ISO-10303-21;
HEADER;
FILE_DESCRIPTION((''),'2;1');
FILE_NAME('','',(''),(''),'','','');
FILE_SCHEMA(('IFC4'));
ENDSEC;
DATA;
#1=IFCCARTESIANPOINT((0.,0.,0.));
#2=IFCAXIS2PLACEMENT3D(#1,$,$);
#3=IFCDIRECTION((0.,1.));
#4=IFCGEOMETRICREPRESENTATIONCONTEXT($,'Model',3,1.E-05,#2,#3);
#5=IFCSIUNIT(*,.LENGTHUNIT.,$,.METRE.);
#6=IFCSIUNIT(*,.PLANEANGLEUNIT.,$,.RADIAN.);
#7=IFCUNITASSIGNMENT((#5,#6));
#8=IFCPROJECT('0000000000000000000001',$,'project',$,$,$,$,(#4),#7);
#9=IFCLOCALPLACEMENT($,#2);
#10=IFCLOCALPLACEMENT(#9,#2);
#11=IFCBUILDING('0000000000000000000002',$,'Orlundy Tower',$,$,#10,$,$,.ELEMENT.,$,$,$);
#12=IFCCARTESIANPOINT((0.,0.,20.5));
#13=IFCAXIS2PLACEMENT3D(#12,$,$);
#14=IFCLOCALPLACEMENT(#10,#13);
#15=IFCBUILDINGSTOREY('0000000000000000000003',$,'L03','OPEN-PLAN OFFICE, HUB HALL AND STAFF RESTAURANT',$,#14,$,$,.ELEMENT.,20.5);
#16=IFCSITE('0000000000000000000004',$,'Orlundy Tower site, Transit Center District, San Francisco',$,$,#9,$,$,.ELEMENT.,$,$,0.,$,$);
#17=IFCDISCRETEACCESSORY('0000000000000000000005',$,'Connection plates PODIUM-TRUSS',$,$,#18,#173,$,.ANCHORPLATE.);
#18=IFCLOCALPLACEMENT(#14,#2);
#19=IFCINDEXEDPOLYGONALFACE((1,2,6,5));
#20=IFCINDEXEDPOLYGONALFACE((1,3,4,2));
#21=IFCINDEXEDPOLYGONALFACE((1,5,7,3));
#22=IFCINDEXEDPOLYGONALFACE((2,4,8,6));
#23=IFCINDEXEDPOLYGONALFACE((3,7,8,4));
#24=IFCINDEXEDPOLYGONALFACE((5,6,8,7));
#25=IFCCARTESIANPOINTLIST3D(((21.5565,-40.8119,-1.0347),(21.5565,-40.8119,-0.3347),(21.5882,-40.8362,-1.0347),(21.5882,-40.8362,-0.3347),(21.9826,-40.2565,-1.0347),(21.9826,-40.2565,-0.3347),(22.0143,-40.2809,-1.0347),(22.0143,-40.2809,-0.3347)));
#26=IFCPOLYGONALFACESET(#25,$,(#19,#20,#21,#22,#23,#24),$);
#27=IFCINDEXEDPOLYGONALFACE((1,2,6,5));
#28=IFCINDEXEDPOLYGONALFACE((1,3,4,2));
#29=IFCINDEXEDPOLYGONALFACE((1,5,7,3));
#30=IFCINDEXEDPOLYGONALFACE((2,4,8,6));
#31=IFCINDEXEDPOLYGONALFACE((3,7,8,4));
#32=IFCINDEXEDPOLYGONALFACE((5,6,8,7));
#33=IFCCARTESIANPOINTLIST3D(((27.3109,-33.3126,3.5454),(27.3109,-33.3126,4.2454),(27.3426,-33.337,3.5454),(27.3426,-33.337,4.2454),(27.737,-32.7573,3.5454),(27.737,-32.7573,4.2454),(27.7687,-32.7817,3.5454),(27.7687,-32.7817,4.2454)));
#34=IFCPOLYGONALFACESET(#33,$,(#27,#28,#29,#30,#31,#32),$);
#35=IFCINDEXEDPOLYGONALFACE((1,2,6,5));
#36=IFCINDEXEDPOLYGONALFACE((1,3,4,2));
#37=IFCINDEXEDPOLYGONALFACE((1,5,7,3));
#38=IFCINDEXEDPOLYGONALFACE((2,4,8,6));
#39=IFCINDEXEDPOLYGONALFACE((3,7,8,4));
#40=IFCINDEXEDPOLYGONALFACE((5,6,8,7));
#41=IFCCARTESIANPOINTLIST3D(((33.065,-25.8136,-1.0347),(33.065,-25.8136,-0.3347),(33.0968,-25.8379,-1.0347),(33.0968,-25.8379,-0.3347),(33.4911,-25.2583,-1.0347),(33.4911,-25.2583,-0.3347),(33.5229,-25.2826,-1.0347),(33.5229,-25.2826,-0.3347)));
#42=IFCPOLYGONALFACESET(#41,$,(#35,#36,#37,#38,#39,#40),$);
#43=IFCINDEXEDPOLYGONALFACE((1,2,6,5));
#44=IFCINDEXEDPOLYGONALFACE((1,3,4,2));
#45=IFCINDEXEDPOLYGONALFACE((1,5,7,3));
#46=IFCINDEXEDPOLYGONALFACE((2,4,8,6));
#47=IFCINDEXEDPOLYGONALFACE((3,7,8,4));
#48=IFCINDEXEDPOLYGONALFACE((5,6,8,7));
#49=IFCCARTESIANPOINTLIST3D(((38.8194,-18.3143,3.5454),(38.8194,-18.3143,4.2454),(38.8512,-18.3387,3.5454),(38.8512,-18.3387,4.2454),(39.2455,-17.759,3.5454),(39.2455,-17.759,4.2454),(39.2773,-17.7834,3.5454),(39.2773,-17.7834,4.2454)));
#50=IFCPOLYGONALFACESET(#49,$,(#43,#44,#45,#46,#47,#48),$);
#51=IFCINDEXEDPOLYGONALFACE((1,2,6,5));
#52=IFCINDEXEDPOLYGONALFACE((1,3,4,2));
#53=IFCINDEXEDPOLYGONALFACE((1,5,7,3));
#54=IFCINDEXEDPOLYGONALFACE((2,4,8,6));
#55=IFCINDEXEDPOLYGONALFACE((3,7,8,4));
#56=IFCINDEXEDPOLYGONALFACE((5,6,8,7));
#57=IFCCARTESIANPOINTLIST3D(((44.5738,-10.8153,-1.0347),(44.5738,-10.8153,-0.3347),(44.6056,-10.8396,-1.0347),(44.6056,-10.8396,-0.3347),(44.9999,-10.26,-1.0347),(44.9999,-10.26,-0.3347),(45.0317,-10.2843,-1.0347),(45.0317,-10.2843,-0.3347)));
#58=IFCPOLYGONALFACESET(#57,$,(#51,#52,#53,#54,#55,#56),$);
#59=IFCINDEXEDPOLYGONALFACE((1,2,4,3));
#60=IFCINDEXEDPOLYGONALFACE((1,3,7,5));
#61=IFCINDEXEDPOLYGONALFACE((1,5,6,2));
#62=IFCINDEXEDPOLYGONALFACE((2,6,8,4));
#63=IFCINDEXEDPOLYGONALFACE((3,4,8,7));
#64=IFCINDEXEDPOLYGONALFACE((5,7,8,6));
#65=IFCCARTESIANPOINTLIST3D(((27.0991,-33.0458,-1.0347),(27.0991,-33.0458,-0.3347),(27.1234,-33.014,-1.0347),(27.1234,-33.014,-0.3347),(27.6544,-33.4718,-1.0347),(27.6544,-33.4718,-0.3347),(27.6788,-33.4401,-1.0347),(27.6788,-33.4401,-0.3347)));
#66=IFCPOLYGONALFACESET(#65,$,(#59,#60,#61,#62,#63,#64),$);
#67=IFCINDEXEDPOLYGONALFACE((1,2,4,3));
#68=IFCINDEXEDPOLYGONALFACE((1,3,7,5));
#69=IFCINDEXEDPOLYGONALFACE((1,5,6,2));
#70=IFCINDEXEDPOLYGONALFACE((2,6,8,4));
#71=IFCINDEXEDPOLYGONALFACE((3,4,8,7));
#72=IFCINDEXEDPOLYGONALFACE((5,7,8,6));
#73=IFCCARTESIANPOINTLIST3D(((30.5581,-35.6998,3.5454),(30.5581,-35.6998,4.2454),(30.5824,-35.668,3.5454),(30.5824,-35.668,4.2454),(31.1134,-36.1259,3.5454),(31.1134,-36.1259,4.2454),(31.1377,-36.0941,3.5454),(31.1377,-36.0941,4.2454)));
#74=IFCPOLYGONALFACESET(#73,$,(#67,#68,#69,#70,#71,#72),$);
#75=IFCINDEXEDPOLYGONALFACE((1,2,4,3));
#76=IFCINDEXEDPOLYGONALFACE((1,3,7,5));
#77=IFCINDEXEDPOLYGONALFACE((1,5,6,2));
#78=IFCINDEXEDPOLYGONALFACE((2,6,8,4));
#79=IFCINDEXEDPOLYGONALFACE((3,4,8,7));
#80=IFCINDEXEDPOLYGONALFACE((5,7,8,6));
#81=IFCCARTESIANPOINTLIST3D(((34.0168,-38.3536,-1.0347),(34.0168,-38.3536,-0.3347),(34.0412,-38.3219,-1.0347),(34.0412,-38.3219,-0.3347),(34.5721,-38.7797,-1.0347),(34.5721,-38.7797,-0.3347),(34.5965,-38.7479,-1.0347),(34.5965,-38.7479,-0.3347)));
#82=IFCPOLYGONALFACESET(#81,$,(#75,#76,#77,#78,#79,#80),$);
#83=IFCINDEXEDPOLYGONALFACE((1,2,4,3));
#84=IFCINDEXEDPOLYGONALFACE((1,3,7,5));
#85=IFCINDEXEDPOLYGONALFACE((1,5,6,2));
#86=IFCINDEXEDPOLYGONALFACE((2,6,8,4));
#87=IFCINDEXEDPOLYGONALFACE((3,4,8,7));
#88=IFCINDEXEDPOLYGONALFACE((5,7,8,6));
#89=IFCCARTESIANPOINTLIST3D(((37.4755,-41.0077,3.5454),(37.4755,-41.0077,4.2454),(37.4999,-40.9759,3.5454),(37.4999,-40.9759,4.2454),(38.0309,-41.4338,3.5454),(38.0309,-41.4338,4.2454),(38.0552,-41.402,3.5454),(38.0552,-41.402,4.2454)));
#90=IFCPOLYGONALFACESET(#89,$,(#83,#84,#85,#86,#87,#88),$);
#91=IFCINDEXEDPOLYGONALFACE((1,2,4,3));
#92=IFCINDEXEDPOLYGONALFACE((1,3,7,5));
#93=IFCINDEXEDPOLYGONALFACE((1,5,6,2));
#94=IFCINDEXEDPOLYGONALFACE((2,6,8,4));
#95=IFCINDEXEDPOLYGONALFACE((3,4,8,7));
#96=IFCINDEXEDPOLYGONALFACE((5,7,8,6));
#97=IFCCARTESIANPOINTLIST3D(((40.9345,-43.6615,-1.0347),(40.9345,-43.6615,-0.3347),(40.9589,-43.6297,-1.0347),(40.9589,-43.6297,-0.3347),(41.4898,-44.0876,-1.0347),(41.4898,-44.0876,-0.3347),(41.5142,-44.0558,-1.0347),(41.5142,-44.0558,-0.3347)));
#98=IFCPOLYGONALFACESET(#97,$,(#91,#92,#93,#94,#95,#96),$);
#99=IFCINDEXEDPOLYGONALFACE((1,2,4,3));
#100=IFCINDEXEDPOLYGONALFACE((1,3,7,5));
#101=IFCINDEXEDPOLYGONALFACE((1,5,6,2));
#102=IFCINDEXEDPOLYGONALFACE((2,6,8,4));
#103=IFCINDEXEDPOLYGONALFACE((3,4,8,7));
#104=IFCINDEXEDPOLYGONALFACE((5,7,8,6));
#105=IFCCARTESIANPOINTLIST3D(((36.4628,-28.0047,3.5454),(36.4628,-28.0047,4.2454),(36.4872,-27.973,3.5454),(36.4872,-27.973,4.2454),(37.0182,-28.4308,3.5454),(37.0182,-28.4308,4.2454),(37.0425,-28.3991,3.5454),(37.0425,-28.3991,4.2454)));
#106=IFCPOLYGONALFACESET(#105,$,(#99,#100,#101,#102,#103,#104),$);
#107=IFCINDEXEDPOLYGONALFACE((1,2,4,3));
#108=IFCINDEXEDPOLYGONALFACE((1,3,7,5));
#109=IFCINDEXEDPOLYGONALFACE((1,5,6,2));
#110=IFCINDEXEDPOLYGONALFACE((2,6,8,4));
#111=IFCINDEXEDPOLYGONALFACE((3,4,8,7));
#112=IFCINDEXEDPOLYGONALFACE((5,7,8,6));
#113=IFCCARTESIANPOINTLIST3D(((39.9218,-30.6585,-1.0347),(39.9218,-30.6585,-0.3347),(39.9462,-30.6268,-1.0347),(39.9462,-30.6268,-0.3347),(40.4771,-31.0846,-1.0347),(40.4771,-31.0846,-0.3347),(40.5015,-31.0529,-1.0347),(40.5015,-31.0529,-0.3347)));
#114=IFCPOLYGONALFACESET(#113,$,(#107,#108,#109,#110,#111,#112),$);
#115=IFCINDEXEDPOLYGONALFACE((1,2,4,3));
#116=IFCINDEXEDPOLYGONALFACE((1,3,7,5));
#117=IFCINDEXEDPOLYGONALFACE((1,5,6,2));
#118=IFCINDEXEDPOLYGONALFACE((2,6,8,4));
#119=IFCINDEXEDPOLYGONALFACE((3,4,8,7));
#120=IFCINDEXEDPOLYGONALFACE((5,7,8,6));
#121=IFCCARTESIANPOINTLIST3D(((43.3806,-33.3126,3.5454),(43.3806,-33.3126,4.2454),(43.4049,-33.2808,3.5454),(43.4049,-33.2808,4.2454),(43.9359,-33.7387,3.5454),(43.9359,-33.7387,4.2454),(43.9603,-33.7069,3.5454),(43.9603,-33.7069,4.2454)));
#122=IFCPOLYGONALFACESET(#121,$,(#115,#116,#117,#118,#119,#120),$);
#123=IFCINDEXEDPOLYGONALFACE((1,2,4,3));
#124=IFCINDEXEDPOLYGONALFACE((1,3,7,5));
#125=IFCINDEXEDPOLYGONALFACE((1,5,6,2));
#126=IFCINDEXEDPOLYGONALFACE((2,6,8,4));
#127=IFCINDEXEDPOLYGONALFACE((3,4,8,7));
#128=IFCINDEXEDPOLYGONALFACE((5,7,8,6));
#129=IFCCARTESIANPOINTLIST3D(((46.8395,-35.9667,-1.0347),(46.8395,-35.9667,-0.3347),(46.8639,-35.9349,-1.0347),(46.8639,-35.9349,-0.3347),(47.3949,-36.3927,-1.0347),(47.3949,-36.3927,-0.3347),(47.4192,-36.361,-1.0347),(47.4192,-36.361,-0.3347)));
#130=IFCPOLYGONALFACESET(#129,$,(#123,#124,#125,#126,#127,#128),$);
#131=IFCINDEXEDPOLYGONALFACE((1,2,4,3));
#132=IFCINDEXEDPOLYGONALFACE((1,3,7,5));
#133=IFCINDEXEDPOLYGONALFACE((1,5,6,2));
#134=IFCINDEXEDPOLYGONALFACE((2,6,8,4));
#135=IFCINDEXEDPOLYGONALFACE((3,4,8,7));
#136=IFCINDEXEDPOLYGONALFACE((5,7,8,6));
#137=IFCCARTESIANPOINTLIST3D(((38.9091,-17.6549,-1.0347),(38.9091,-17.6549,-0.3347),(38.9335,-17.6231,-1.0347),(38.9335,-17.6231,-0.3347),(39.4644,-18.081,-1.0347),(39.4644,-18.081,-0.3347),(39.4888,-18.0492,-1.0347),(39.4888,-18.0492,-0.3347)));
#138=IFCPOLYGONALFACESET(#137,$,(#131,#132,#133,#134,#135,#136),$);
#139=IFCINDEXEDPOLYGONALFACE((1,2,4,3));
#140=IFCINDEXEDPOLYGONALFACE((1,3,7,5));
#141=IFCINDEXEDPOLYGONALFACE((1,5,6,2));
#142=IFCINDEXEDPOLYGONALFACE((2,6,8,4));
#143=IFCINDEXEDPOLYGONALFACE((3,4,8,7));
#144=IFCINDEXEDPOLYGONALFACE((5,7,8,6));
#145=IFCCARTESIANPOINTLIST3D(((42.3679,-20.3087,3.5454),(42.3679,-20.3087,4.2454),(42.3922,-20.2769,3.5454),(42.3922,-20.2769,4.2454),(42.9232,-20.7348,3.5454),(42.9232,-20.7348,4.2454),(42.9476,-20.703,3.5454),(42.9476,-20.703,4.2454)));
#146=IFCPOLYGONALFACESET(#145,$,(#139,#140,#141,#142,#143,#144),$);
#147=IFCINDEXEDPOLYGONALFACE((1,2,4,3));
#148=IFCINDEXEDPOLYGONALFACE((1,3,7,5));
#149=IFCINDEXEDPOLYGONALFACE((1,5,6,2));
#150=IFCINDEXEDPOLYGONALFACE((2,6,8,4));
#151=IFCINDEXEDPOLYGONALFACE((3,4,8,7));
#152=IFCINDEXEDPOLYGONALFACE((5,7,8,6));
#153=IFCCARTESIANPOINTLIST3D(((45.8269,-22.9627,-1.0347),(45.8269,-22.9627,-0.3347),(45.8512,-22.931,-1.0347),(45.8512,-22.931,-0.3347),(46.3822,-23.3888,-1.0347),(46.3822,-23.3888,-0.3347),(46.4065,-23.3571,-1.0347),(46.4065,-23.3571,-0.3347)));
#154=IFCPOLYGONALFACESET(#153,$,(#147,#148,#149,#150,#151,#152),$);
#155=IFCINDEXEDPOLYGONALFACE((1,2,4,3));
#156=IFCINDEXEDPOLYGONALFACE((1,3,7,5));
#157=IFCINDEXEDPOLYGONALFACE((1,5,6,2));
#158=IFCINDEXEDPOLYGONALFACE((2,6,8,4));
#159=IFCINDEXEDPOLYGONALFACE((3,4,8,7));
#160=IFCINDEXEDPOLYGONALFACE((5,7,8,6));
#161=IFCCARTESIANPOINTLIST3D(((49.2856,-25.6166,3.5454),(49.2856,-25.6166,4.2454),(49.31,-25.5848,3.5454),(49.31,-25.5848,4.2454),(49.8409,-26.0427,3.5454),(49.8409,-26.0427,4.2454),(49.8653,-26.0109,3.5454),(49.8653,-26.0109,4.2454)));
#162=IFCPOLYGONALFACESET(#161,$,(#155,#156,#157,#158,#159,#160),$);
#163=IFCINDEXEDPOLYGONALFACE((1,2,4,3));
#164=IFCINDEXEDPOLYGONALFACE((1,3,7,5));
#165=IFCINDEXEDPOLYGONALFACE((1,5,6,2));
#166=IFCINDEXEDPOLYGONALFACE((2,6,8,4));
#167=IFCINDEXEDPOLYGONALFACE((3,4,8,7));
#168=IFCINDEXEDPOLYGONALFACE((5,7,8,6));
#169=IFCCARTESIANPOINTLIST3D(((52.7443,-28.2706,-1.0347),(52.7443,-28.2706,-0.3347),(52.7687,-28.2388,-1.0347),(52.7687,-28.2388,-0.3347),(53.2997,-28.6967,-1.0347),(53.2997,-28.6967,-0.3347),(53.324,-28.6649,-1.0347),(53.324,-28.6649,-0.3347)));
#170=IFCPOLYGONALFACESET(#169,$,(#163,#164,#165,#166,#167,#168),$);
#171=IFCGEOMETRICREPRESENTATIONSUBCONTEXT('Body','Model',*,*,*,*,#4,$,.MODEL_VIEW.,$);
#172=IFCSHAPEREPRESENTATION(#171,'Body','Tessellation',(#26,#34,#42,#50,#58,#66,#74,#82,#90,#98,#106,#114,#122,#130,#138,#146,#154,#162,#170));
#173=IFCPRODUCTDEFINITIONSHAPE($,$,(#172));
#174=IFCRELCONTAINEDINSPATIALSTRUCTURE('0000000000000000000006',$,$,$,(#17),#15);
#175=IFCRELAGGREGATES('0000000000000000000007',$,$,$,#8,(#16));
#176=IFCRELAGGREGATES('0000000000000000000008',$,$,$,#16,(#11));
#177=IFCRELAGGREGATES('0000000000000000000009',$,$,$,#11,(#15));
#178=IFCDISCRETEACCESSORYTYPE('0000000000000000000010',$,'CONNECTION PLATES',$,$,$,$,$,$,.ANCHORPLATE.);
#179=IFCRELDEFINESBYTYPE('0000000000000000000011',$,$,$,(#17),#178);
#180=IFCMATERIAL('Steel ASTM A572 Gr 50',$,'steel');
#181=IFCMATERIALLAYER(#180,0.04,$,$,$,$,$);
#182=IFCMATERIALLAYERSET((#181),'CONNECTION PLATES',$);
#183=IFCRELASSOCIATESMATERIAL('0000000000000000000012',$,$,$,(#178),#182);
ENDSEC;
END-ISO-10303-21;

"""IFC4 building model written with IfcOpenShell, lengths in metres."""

from ifc_helpers import new_model, si_unit, direction, frame, origin, origin_2d, place, context, subcontext, project, spatial, rectangle, extrude, material, layer, layer_set, type_object, element, save


model = new_model("IFC4")

# Units and contexts
model_context = context("Model", 3, precision=1e-05, world=origin(), true_north=direction((0.0, 1.0)))
body_context = subcontext(model_context, "Body", "Model", "MODEL_VIEW")
ifc_project = project(units=[si_unit("LENGTHUNIT", "METRE"), si_unit("PLANEANGLEUNIT", "RADIAN")], contexts=[model_context])

# Site, building, storey
site_placement = place(None, origin())
site = spatial("IfcSite", under=ifc_project, at=site_placement, Name="Orlundy Tower site, Transit Center District, San Francisco", CompositionType="ELEMENT", RefElevation=0.0)
building_placement = place(site_placement, origin())
building = spatial("IfcBuilding", under=site, at=building_placement, Name="Orlundy Tower", CompositionType="ELEMENT")
storey_placement = place(building_placement, frame((0.0, 0.0, 20.5)))
storey = spatial("IfcBuildingStorey", under=building, at=storey_placement, Name="L03", Description="OPEN-PLAN OFFICE, HUB HALL AND STAFF RESTAURANT", CompositionType="ELEMENT", Elevation=20.5)

# Discrete accessory
ifc_material_1 = material(Name="Steel ASTM A572 Gr 50", Category="steel")
ifc_layer_1 = layer(ifc_material_1, 0.04)
ifc_layer_set_1 = layer_set([ifc_layer_1], Name="CONNECTION PLATES")
discrete_accessory_type = type_object("IfcDiscreteAccessoryType", Name="CONNECTION PLATES", PredefinedType="ANCHORPLATE", material=ifc_layer_set_1)
discrete_accessory_placement = place(storey_placement, frame((0.0, 0.0, -20.5)))
element("IfcDiscreteAccessory", 1, at=discrete_accessory_placement, inside=storey, type_object=discrete_accessory_type, Name="Connection plates PODIUM-TRUSS", PredefinedType="ANCHORPLATE", context=body_context, shape_type="SweptSolid", body=[
    extrude(rectangle(XDim=0.7, YDim=0.04, at=origin_2d()), frame((21.7854, -40.5464, 19.4653), z_axis=(0.0, 0.0, 1.0), x_axis=(0.608761, 0.793353, 0.0)), (0.0, 0.0, 1.0), 0.7),
    extrude(rectangle(XDim=0.7, YDim=0.04, at=origin_2d()), frame((27.5398, -33.0471, 24.0454), z_axis=(0.0, 0.0, 1.0), x_axis=(0.608761, 0.793353, 0.0)), (0.0, 0.0, 1.0), 0.7),
    extrude(rectangle(XDim=0.7, YDim=0.04, at=origin_2d()), frame((33.2939, -25.5481, 19.4653), z_axis=(0.0, 0.0, 1.0), x_axis=(0.608761, 0.793353, 0.0)), (0.0, 0.0, 1.0), 0.7),
    extrude(rectangle(XDim=0.7, YDim=0.04, at=origin_2d()), frame((39.0483, -18.0488, 24.0454), z_axis=(0.0, 0.0, 1.0), x_axis=(0.608761, 0.793353, 0.0)), (0.0, 0.0, 1.0), 0.7),
    extrude(rectangle(XDim=0.7, YDim=0.04, at=origin_2d()), frame((44.8027, -10.5498, 19.4653), z_axis=(0.0, 0.0, 1.0), x_axis=(0.608761, 0.793353, 0.0)), (0.0, 0.0, 1.0), 0.7),
    extrude(rectangle(XDim=0.7, YDim=0.04, at=origin_2d()), frame((27.3889, -33.2429, 19.4653), z_axis=(0.0, 0.0, 1.0), x_axis=(0.793364, -0.608748, 0.0)), (0.0, 0.0, 1.0), 0.7),
    extrude(rectangle(XDim=0.7, YDim=0.04, at=origin_2d()), frame((30.8479, -35.897, 24.0454), z_axis=(0.0, 0.0, 1.0), x_axis=(0.793364, -0.608748, 0.0)), (0.0, 0.0, 1.0), 0.7),
    extrude(rectangle(XDim=0.7, YDim=0.04, at=origin_2d()), frame((34.3066, -38.5508, 19.4653), z_axis=(0.0, 0.0, 1.0), x_axis=(0.793364, -0.608748, 0.0)), (0.0, 0.0, 1.0), 0.7),
    extrude(rectangle(XDim=0.7, YDim=0.04, at=origin_2d()), frame((37.7654, -41.2048, 24.0454), z_axis=(0.0, 0.0, 1.0), x_axis=(0.793364, -0.608748, 0.0)), (0.0, 0.0, 1.0), 0.7),
    extrude(rectangle(XDim=0.7, YDim=0.04, at=origin_2d()), frame((41.2244, -43.8586, 19.4653), z_axis=(0.0, 0.0, 1.0), x_axis=(0.793364, -0.608748, 0.0)), (0.0, 0.0, 1.0), 0.7),
    extrude(rectangle(XDim=0.7, YDim=0.04, at=origin_2d()), frame((36.7527, -28.2019, 24.0454), z_axis=(0.0, 0.0, 1.0), x_axis=(0.793364, -0.608748, 0.0)), (0.0, 0.0, 1.0), 0.7),
    extrude(rectangle(XDim=0.7, YDim=0.04, at=origin_2d()), frame((40.2117, -30.8557, 19.4653), z_axis=(0.0, 0.0, 1.0), x_axis=(0.793364, -0.608748, 0.0)), (0.0, 0.0, 1.0), 0.7),
    extrude(rectangle(XDim=0.7, YDim=0.04, at=origin_2d()), frame((43.6704, -33.5098, 24.0454), z_axis=(0.0, 0.0, 1.0), x_axis=(0.793364, -0.608748, 0.0)), (0.0, 0.0, 1.0), 0.7),
    extrude(rectangle(XDim=0.7, YDim=0.04, at=origin_2d()), frame((47.1294, -36.1638, 19.4653), z_axis=(0.0, 0.0, 1.0), x_axis=(0.793364, -0.608748, 0.0)), (0.0, 0.0, 1.0), 0.7),
    extrude(rectangle(XDim=0.7, YDim=0.04, at=origin_2d()), frame((39.199, -17.8521, 19.4653), z_axis=(0.0, 0.0, 1.0), x_axis=(0.793364, -0.608748, 0.0)), (0.0, 0.0, 1.0), 0.7),
    extrude(rectangle(XDim=0.7, YDim=0.04, at=origin_2d()), frame((42.6577, -20.5059, 24.0454), z_axis=(0.0, 0.0, 1.0), x_axis=(0.793364, -0.608748, 0.0)), (0.0, 0.0, 1.0), 0.7),
    extrude(rectangle(XDim=0.7, YDim=0.04, at=origin_2d()), frame((46.1167, -23.1599, 19.4653), z_axis=(0.0, 0.0, 1.0), x_axis=(0.793364, -0.608748, 0.0)), (0.0, 0.0, 1.0), 0.7),
    extrude(rectangle(XDim=0.7, YDim=0.04, at=origin_2d()), frame((49.5754, -25.8137, 24.0454), z_axis=(0.0, 0.0, 1.0), x_axis=(0.793364, -0.608748, 0.0)), (0.0, 0.0, 1.0), 0.7),
    extrude(rectangle(XDim=0.7, YDim=0.04, at=origin_2d()), frame((53.0342, -28.4678, 19.4653), z_axis=(0.0, 0.0, 1.0), x_axis=(0.793364, -0.608748, 0.0)), (0.0, 0.0, 1.0), 0.7),
])

save(model, "model.ifc")
